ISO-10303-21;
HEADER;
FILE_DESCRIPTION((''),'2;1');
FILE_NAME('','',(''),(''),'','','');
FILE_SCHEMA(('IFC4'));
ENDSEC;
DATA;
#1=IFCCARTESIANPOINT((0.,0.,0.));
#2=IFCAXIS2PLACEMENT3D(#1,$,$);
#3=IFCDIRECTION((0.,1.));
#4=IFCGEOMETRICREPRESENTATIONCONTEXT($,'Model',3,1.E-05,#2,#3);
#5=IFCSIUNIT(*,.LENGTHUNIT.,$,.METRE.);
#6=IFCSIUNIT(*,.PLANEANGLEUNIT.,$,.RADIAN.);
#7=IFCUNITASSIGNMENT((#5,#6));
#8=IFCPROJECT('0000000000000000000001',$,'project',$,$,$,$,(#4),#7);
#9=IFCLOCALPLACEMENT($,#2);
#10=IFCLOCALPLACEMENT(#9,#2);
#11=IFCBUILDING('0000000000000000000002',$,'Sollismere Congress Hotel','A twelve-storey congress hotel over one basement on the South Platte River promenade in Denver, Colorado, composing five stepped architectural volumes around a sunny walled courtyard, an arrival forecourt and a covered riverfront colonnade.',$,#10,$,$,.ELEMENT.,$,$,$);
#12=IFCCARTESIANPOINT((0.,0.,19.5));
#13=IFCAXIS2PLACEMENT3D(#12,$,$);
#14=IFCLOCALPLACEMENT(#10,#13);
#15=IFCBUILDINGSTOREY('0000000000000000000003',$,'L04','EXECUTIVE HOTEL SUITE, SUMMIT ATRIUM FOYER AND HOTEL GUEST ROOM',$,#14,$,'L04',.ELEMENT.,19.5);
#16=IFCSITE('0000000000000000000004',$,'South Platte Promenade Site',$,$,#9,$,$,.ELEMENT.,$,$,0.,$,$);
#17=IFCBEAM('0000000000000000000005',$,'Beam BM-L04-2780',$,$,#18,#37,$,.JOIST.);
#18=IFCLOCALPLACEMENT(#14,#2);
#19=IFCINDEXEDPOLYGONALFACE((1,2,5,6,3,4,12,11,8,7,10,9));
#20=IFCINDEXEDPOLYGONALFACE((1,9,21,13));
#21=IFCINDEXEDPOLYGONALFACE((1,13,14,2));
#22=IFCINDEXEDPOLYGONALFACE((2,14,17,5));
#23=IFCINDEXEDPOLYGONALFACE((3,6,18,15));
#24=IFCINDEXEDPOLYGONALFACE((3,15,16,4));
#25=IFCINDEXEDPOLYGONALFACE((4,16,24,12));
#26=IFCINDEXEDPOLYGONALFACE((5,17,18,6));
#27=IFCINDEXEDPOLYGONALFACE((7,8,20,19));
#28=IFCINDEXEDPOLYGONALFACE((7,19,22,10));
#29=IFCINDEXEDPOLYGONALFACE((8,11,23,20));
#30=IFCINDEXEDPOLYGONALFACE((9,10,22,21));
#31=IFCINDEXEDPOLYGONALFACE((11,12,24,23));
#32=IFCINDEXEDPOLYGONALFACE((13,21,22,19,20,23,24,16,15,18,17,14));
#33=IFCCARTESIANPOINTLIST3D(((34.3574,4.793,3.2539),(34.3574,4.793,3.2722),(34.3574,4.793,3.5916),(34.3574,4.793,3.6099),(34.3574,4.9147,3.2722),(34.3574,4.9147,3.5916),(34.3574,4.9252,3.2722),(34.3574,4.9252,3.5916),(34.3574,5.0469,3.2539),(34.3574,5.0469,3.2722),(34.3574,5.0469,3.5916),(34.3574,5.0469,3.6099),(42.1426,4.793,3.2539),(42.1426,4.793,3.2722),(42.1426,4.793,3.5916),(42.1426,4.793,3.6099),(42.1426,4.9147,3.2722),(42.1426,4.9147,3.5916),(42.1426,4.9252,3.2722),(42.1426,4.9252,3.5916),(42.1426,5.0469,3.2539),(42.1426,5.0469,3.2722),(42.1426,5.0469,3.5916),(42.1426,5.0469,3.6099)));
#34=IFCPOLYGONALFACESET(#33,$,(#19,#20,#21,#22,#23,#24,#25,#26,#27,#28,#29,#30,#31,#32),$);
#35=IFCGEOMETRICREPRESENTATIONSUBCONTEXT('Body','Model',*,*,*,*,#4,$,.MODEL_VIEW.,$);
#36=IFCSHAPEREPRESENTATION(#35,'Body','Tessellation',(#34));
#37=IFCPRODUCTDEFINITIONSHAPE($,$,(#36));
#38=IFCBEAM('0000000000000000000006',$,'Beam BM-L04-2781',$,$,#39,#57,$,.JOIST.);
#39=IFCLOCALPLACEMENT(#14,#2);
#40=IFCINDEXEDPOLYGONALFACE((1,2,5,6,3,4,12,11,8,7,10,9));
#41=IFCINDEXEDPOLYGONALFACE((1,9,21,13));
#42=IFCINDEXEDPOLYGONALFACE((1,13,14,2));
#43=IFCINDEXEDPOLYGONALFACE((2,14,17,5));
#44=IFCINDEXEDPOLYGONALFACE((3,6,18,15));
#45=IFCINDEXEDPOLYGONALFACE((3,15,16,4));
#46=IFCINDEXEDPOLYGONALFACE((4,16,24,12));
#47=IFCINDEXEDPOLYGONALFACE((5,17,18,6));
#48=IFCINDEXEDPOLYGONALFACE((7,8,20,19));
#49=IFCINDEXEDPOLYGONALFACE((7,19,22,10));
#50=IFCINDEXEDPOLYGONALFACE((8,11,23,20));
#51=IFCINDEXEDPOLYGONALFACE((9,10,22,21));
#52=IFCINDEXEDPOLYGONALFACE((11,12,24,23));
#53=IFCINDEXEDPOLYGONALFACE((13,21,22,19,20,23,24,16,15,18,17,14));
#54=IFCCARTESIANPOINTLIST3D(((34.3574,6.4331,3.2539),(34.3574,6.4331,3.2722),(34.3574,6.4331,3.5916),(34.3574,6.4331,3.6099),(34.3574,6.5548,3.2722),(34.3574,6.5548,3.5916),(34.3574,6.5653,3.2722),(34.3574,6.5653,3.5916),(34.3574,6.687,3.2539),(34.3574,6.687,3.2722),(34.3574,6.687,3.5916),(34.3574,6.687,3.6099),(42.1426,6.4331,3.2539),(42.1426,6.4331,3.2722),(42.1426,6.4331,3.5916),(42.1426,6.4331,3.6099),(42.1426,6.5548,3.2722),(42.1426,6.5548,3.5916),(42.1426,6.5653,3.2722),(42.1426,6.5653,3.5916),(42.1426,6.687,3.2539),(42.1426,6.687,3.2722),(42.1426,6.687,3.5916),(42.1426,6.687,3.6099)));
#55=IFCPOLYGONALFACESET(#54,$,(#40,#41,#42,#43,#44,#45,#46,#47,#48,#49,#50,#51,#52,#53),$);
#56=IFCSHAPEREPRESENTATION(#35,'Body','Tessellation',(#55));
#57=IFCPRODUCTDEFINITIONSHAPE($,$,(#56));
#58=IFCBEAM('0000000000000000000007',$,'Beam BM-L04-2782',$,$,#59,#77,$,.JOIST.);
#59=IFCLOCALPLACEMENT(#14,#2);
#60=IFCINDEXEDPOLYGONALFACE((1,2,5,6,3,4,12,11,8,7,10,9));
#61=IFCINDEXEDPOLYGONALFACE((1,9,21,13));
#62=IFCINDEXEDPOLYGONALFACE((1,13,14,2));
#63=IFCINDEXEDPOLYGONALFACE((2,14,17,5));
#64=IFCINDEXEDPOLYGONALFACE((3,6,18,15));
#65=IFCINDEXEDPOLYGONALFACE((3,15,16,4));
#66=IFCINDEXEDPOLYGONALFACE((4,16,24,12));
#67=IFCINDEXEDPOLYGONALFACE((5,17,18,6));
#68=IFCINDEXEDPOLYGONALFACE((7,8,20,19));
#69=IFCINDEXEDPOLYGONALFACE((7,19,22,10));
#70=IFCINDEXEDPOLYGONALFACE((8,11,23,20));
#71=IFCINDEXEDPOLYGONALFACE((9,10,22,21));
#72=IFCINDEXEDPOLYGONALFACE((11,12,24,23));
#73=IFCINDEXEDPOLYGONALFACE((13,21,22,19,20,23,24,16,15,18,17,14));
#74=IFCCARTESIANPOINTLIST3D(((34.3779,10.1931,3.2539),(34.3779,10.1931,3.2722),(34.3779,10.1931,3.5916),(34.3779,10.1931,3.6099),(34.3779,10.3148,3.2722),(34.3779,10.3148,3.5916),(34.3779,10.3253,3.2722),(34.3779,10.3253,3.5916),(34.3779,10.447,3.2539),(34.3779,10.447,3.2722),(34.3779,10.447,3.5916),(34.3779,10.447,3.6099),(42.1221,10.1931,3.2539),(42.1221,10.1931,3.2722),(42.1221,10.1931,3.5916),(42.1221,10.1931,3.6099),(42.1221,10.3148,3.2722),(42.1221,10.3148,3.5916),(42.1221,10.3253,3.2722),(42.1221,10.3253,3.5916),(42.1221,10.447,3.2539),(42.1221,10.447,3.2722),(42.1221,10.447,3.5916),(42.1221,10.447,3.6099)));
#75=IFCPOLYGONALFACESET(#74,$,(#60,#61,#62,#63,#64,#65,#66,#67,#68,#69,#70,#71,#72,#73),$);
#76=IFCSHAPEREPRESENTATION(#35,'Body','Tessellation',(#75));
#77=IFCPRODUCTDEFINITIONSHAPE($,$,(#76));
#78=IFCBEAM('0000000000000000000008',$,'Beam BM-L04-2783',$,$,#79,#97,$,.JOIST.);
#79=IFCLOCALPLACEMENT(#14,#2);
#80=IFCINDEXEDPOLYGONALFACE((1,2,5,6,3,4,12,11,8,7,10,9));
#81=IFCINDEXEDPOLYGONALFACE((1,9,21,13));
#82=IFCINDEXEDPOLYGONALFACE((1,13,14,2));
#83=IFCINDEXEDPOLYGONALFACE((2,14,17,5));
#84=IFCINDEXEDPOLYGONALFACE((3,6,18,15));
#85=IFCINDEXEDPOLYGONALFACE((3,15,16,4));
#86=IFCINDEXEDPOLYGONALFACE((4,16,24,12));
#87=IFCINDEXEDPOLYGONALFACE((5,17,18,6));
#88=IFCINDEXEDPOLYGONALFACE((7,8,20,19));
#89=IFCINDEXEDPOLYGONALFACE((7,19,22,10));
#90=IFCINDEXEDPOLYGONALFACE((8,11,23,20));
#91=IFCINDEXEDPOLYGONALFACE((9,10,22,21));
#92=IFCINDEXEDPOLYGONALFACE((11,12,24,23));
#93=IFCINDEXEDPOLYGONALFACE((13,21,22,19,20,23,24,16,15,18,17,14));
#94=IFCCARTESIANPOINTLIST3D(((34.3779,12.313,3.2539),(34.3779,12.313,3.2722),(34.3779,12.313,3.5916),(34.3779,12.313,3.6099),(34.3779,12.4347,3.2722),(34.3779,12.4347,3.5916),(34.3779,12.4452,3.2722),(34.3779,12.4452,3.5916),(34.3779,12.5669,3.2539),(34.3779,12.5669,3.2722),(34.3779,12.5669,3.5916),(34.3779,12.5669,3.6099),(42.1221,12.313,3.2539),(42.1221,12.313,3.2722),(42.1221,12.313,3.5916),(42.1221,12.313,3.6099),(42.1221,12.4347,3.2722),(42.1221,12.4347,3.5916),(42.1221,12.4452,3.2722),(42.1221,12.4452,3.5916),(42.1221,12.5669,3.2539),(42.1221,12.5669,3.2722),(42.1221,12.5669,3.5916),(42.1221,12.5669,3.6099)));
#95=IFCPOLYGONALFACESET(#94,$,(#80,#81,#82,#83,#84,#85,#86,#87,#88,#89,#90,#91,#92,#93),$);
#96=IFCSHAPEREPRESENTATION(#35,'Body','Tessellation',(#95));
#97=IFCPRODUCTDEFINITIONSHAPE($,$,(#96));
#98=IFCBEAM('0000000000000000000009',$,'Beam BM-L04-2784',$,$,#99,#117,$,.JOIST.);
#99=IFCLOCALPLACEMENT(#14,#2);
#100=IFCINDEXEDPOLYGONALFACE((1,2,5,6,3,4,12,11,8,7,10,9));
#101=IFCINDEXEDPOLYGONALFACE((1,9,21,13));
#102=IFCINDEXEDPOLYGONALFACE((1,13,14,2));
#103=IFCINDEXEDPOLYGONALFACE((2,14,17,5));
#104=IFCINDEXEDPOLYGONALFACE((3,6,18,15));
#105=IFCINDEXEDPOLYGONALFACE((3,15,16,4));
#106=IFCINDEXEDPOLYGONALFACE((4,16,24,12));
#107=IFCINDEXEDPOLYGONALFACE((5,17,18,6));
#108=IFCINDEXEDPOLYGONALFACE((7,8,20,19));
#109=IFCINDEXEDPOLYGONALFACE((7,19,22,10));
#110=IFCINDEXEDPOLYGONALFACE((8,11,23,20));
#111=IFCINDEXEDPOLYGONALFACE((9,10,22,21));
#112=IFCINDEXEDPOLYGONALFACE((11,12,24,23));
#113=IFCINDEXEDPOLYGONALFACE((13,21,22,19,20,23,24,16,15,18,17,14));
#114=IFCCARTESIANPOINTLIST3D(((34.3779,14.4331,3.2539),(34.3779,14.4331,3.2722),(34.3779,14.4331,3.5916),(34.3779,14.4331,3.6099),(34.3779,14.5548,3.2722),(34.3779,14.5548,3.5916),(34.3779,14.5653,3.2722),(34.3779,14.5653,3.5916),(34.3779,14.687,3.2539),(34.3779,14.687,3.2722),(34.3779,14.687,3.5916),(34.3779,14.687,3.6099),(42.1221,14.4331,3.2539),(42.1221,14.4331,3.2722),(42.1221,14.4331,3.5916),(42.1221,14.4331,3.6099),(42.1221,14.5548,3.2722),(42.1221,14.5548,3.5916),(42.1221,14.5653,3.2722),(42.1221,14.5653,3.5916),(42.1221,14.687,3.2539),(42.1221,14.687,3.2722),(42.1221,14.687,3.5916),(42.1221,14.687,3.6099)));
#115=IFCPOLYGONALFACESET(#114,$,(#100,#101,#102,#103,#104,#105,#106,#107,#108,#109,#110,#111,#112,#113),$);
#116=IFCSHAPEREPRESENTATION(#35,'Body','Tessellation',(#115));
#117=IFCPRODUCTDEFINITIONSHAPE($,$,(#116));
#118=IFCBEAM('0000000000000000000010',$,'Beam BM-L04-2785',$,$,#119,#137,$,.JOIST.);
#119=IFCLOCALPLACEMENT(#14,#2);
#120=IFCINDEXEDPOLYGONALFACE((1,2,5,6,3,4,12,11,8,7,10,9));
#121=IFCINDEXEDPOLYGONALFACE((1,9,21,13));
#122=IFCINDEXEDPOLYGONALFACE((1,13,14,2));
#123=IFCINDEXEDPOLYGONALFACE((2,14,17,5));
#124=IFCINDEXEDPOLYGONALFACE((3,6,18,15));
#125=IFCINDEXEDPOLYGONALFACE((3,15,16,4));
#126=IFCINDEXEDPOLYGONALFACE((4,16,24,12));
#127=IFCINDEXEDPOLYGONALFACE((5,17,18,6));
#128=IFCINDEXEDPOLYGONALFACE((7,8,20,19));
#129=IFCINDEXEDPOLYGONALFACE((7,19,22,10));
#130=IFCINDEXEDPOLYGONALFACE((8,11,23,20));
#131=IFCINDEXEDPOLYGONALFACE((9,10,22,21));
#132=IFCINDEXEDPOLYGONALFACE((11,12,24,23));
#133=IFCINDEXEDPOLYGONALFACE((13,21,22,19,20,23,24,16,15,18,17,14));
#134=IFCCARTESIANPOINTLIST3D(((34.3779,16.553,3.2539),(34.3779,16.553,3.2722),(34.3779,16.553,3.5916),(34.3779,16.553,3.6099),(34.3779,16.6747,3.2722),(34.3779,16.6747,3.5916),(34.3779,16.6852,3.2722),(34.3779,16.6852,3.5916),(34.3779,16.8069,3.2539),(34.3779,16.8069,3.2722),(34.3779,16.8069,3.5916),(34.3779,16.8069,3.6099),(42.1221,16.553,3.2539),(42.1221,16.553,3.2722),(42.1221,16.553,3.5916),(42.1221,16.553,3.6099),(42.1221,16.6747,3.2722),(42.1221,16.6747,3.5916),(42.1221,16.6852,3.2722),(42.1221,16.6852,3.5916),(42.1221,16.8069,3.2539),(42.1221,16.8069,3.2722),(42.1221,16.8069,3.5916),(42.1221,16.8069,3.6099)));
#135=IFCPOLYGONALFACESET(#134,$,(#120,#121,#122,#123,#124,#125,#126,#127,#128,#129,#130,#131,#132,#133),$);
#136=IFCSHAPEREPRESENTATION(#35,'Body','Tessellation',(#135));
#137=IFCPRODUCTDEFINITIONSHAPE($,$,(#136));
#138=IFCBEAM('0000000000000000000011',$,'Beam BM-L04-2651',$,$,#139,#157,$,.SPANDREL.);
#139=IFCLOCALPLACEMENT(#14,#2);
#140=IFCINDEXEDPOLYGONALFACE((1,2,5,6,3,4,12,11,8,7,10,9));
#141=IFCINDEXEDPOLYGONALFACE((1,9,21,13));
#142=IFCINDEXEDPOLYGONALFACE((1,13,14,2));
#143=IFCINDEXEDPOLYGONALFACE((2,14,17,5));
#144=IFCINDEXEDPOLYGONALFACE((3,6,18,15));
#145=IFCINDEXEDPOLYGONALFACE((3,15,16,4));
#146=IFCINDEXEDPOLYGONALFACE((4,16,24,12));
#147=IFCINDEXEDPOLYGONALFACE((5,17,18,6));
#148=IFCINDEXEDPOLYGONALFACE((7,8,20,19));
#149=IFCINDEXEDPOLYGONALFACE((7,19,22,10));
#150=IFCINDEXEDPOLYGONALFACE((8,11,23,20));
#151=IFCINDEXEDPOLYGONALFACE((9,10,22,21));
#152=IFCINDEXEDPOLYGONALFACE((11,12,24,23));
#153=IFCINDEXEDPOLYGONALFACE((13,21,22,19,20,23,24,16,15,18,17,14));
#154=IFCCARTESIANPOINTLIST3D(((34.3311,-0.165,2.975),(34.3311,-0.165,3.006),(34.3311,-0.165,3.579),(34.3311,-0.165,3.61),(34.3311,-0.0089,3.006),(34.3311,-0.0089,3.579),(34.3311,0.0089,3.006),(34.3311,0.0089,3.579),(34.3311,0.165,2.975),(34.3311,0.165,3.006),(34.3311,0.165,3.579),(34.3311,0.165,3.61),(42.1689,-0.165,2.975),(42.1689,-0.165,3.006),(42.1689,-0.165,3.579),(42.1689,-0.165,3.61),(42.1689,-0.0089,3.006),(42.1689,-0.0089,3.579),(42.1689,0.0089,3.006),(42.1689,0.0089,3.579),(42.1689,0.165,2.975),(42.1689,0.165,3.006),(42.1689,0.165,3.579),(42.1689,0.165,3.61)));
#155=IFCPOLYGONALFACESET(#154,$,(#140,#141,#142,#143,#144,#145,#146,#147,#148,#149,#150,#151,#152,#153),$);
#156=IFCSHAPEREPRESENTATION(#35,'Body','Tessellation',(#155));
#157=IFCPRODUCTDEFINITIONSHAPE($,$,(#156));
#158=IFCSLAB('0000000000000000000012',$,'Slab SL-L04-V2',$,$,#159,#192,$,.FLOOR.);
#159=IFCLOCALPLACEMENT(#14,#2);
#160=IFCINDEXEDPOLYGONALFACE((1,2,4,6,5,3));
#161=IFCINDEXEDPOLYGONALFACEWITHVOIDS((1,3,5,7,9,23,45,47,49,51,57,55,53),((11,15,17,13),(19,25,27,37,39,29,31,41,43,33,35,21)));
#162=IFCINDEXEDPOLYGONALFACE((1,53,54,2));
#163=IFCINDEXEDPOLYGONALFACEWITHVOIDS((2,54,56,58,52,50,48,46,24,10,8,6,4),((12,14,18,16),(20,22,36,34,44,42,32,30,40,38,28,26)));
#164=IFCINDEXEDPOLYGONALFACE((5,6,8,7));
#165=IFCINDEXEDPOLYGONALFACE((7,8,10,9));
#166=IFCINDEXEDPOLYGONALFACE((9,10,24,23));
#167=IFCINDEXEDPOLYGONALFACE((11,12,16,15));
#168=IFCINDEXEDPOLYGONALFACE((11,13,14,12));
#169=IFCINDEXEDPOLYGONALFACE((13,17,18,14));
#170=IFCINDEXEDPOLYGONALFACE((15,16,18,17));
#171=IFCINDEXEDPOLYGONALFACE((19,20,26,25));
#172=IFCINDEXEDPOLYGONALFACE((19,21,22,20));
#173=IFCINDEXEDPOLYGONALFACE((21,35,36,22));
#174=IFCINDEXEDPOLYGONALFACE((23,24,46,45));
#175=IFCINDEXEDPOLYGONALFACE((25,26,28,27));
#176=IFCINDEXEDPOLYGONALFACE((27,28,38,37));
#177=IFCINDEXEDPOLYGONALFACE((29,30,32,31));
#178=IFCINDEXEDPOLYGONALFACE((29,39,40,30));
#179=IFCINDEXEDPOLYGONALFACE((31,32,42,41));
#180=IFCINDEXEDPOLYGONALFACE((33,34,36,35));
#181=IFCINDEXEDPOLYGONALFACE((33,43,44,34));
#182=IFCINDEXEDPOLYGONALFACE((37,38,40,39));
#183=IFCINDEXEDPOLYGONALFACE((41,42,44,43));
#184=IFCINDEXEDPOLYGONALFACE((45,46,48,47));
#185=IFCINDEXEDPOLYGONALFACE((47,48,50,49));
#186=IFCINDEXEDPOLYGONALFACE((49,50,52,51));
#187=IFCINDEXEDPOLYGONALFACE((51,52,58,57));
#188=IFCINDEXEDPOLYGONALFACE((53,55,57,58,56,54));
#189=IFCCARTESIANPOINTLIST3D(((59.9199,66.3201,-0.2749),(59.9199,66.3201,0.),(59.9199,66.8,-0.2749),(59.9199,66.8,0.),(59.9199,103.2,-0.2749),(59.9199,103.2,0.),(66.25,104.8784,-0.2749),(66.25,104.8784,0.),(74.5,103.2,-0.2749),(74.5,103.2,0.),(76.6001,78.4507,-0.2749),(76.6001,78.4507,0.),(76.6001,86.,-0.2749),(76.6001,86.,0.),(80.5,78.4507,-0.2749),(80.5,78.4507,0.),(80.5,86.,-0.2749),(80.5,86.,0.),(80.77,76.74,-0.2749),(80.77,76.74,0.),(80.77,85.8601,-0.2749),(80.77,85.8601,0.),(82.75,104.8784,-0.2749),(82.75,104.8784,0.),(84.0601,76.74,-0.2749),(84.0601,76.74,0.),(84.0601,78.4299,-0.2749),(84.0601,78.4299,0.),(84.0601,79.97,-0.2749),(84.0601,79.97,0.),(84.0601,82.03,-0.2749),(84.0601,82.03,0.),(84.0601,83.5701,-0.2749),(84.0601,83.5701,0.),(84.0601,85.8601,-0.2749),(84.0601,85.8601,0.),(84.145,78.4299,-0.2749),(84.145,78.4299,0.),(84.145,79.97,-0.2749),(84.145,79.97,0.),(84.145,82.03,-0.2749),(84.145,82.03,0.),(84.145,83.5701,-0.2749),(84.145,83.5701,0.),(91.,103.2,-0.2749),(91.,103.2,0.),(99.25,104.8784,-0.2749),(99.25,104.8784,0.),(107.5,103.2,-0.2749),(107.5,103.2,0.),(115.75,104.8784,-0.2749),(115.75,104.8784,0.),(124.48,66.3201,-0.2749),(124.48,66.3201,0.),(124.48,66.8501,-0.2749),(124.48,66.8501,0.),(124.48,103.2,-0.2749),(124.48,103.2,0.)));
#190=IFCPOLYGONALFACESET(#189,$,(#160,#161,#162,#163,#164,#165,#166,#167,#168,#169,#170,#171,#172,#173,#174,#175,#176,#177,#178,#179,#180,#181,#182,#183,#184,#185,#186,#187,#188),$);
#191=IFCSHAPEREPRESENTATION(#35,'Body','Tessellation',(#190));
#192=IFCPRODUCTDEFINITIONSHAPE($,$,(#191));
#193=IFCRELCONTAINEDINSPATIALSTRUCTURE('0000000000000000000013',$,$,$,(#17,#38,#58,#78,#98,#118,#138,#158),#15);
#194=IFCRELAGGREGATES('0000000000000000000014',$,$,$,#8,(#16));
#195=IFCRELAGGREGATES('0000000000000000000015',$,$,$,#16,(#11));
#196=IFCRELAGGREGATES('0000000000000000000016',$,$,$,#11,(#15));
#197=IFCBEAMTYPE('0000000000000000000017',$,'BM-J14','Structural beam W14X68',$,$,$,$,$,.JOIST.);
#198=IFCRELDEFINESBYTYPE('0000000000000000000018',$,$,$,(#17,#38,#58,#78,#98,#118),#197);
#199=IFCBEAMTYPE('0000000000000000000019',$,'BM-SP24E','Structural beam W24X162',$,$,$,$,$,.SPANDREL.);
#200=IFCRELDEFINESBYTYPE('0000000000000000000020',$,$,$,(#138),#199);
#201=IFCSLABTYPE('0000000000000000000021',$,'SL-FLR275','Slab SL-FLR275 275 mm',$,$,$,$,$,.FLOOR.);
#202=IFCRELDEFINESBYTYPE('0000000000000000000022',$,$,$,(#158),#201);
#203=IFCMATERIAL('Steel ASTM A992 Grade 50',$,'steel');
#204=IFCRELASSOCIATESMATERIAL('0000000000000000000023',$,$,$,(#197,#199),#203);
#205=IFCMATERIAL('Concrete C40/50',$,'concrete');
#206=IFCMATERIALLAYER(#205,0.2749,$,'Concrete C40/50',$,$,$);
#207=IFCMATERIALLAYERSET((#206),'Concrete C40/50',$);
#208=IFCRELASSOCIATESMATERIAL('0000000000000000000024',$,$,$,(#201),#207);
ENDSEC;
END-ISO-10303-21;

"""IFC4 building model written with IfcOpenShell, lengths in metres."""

from ifc_helpers import new_model, si_unit, direction, frame, origin, origin_2d, place, context, subcontext, project, spatial, polyline, i_section, outline, extrude, material, layer, layer_set, material_profile, profile_set, type_object, element, save


model = new_model("IFC4")

# Units and contexts
model_context = context("Model", 3, precision=1e-05, world=origin(), true_north=direction((0.0, 1.0)))
body_context = subcontext(model_context, "Body", "Model", "MODEL_VIEW")
ifc_project = project(units=[si_unit("LENGTHUNIT", "METRE"), si_unit("PLANEANGLEUNIT", "RADIAN")], contexts=[model_context])

# Site, building, storey
site_placement = place(None, origin())
site = spatial("IfcSite", under=ifc_project, at=site_placement, Name="South Platte Promenade Site", CompositionType="ELEMENT", RefElevation=0.0)
building_placement = place(site_placement, origin())
building = spatial("IfcBuilding", under=site, at=building_placement, Name="Sollismere Congress Hotel", Description="A twelve-storey congress hotel over one basement on the South Platte River promenade in Denver, Colorado, composing five stepped architectural volumes around a sunny walled courtyard, an arrival forecourt and a covered riverfront colonnade.", CompositionType="ELEMENT")
storey_placement = place(building_placement, frame((0.0, 0.0, 19.5)))
storey = spatial("IfcBuildingStorey", under=building, at=storey_placement, Name="L04", Description="EXECUTIVE HOTEL SUITE, SUMMIT ATRIUM FOYER AND HOTEL GUEST ROOM", LongName="L04", CompositionType="ELEMENT", Elevation=19.5)

# Shared definitions
ifc_material_1 = material(Name="Steel ASTM A992 Grade 50", Category="steel")

# Beams
ifc_material_profile_1 = material_profile(ifc_material_1, i_section(OverallWidth=0.2539, OverallDepth=0.356, WebThickness=0.0105, FlangeThickness=0.0183, at=origin_2d()), Name="W14X68")
ifc_profile_set_1 = profile_set([ifc_material_profile_1], Name="Steel ASTM A992 Grade 50")
beam_type_1 = type_object("IfcBeamType", Name="BM-J14", Description="Structural beam W14X68", PredefinedType="JOIST", material=ifc_profile_set_1)
for number, where, z_axis, x_axis, name in (
    (1, (34.3574, 4.9199, 3.4319), (1.0, 0.0, 0.0), (0.0, 1.0, 0.0), "Beam BM-L04-2780"),
    (2, (34.3574, 6.5601, 3.4319), (1.0, 0.0, 0.0), (0.0, 1.0, 0.0), "Beam BM-L04-2781"),
):
    element("IfcBeam", number, at=place(storey_placement, frame(where, z_axis=z_axis, x_axis=x_axis)), inside=storey, type_object=beam_type_1, Name=name, PredefinedType="JOIST", context=body_context, shape_type="SweptSolid", body=[
        extrude(i_section(OverallWidth=0.2539, OverallDepth=0.356, WebThickness=0.0105, FlangeThickness=0.0183, at=origin_2d()), origin(), (0.0, 0.0, 1.0), 7.7852),
    ])
for number, where, z_axis, x_axis, name in (
    (3, (34.3779, 10.3201, 3.4319), (1.0, 0.0, 0.0), (0.0, 1.0, 0.0), "Beam BM-L04-2782"),
    (4, (34.3779, 12.4399, 3.4319), (1.0, 0.0, 0.0), (0.0, 1.0, 0.0), "Beam BM-L04-2783"),
    (5, (34.3779, 14.5601, 3.4319), (1.0, 0.0, 0.0), (0.0, 1.0, 0.0), "Beam BM-L04-2784"),
    (6, (34.3779, 16.6799, 3.4319), (1.0, 0.0, 0.0), (0.0, 1.0, 0.0), "Beam BM-L04-2785"),
):
    element("IfcBeam", number, at=place(storey_placement, frame(where, z_axis=z_axis, x_axis=x_axis)), inside=storey, type_object=beam_type_1, Name=name, PredefinedType="JOIST", context=body_context, shape_type="SweptSolid", body=[
        extrude(i_section(OverallWidth=0.2539, OverallDepth=0.356, WebThickness=0.0105, FlangeThickness=0.0183, at=origin_2d()), origin(), (0.0, 0.0, 1.0), 7.7441),
    ])
ifc_material_profile_2 = material_profile(ifc_material_1, i_section(OverallWidth=0.3301, OverallDepth=0.635, WebThickness=0.0178, FlangeThickness=0.031, at=origin_2d()), Name="W24X162")
ifc_profile_set_2 = profile_set([ifc_material_profile_2], Name="Steel ASTM A992 Grade 50")
beam_type_2 = type_object("IfcBeamType", Name="BM-SP24E", Description="Structural beam W24X162", PredefinedType="SPANDREL", material=ifc_profile_set_2)
beam_1_placement = place(storey_placement, frame((34.3311, 0.0, 3.2925), z_axis=(1.0, 0.0, 0.0), x_axis=(0.0, 1.0, 0.0)))
element("IfcBeam", 7, at=beam_1_placement, inside=storey, type_object=beam_type_2, Name="Beam BM-L04-2651", PredefinedType="SPANDREL", context=body_context, shape_type="SweptSolid", body=[
    extrude(i_section(OverallWidth=0.3301, OverallDepth=0.635, WebThickness=0.0178, FlangeThickness=0.031, at=origin_2d()), origin(), (0.0, 0.0, 1.0), 7.8379),
])

# Slab
ifc_material_2 = material(Name="Concrete C40/50", Category="concrete")
ifc_layer_1 = layer(ifc_material_2, 0.2749, Name="Concrete C40/50")
ifc_layer_set_1 = layer_set([ifc_layer_1], Name="Concrete C40/50")
slab_type_1 = type_object("IfcSlabType", Name="SL-FLR275", Description="Slab SL-FLR275 275 mm", PredefinedType="FLOOR", material=ifc_layer_set_1)
slab_1_placement = place(storey_placement, frame((0.0, 0.0, -0.2749)))
element("IfcSlab", 8, at=slab_1_placement, inside=storey, type_object=slab_type_1, Name="Slab SL-L04-V2", PredefinedType="FLOOR", context=body_context, shape_type="SweptSolid", body=[
    extrude(outline(polyline([(124.48, 66.3201), (124.48, 66.8501), (124.48, 103.2), (115.75, 104.8784), (107.5, 103.2), (99.25, 104.8784), (91.0, 103.2), (82.75, 104.8784), (74.5, 103.2), (66.25, 104.8784), (59.9199, 103.2), (59.9199, 66.8), (59.9199, 66.3201), (124.48, 66.3201)]), holes=[polyline([(84.0601, 76.74), (80.77, 76.74), (80.77, 85.8601), (84.0601, 85.8601), (84.0601, 83.5701), (84.145, 83.5701), (84.145, 82.03), (84.0601, 82.03), (84.0601, 79.97), (84.145, 79.97), (84.145, 78.4299), (84.0601, 78.4299), (84.0601, 76.74)]), polyline([(76.6001, 86.0), (80.5, 86.0), (80.5, 78.4507), (76.6001, 78.4507), (76.6001, 86.0)])]), origin(), (0.0, 0.0, 1.0), 0.2749),
])

save(model, "model.ifc")
